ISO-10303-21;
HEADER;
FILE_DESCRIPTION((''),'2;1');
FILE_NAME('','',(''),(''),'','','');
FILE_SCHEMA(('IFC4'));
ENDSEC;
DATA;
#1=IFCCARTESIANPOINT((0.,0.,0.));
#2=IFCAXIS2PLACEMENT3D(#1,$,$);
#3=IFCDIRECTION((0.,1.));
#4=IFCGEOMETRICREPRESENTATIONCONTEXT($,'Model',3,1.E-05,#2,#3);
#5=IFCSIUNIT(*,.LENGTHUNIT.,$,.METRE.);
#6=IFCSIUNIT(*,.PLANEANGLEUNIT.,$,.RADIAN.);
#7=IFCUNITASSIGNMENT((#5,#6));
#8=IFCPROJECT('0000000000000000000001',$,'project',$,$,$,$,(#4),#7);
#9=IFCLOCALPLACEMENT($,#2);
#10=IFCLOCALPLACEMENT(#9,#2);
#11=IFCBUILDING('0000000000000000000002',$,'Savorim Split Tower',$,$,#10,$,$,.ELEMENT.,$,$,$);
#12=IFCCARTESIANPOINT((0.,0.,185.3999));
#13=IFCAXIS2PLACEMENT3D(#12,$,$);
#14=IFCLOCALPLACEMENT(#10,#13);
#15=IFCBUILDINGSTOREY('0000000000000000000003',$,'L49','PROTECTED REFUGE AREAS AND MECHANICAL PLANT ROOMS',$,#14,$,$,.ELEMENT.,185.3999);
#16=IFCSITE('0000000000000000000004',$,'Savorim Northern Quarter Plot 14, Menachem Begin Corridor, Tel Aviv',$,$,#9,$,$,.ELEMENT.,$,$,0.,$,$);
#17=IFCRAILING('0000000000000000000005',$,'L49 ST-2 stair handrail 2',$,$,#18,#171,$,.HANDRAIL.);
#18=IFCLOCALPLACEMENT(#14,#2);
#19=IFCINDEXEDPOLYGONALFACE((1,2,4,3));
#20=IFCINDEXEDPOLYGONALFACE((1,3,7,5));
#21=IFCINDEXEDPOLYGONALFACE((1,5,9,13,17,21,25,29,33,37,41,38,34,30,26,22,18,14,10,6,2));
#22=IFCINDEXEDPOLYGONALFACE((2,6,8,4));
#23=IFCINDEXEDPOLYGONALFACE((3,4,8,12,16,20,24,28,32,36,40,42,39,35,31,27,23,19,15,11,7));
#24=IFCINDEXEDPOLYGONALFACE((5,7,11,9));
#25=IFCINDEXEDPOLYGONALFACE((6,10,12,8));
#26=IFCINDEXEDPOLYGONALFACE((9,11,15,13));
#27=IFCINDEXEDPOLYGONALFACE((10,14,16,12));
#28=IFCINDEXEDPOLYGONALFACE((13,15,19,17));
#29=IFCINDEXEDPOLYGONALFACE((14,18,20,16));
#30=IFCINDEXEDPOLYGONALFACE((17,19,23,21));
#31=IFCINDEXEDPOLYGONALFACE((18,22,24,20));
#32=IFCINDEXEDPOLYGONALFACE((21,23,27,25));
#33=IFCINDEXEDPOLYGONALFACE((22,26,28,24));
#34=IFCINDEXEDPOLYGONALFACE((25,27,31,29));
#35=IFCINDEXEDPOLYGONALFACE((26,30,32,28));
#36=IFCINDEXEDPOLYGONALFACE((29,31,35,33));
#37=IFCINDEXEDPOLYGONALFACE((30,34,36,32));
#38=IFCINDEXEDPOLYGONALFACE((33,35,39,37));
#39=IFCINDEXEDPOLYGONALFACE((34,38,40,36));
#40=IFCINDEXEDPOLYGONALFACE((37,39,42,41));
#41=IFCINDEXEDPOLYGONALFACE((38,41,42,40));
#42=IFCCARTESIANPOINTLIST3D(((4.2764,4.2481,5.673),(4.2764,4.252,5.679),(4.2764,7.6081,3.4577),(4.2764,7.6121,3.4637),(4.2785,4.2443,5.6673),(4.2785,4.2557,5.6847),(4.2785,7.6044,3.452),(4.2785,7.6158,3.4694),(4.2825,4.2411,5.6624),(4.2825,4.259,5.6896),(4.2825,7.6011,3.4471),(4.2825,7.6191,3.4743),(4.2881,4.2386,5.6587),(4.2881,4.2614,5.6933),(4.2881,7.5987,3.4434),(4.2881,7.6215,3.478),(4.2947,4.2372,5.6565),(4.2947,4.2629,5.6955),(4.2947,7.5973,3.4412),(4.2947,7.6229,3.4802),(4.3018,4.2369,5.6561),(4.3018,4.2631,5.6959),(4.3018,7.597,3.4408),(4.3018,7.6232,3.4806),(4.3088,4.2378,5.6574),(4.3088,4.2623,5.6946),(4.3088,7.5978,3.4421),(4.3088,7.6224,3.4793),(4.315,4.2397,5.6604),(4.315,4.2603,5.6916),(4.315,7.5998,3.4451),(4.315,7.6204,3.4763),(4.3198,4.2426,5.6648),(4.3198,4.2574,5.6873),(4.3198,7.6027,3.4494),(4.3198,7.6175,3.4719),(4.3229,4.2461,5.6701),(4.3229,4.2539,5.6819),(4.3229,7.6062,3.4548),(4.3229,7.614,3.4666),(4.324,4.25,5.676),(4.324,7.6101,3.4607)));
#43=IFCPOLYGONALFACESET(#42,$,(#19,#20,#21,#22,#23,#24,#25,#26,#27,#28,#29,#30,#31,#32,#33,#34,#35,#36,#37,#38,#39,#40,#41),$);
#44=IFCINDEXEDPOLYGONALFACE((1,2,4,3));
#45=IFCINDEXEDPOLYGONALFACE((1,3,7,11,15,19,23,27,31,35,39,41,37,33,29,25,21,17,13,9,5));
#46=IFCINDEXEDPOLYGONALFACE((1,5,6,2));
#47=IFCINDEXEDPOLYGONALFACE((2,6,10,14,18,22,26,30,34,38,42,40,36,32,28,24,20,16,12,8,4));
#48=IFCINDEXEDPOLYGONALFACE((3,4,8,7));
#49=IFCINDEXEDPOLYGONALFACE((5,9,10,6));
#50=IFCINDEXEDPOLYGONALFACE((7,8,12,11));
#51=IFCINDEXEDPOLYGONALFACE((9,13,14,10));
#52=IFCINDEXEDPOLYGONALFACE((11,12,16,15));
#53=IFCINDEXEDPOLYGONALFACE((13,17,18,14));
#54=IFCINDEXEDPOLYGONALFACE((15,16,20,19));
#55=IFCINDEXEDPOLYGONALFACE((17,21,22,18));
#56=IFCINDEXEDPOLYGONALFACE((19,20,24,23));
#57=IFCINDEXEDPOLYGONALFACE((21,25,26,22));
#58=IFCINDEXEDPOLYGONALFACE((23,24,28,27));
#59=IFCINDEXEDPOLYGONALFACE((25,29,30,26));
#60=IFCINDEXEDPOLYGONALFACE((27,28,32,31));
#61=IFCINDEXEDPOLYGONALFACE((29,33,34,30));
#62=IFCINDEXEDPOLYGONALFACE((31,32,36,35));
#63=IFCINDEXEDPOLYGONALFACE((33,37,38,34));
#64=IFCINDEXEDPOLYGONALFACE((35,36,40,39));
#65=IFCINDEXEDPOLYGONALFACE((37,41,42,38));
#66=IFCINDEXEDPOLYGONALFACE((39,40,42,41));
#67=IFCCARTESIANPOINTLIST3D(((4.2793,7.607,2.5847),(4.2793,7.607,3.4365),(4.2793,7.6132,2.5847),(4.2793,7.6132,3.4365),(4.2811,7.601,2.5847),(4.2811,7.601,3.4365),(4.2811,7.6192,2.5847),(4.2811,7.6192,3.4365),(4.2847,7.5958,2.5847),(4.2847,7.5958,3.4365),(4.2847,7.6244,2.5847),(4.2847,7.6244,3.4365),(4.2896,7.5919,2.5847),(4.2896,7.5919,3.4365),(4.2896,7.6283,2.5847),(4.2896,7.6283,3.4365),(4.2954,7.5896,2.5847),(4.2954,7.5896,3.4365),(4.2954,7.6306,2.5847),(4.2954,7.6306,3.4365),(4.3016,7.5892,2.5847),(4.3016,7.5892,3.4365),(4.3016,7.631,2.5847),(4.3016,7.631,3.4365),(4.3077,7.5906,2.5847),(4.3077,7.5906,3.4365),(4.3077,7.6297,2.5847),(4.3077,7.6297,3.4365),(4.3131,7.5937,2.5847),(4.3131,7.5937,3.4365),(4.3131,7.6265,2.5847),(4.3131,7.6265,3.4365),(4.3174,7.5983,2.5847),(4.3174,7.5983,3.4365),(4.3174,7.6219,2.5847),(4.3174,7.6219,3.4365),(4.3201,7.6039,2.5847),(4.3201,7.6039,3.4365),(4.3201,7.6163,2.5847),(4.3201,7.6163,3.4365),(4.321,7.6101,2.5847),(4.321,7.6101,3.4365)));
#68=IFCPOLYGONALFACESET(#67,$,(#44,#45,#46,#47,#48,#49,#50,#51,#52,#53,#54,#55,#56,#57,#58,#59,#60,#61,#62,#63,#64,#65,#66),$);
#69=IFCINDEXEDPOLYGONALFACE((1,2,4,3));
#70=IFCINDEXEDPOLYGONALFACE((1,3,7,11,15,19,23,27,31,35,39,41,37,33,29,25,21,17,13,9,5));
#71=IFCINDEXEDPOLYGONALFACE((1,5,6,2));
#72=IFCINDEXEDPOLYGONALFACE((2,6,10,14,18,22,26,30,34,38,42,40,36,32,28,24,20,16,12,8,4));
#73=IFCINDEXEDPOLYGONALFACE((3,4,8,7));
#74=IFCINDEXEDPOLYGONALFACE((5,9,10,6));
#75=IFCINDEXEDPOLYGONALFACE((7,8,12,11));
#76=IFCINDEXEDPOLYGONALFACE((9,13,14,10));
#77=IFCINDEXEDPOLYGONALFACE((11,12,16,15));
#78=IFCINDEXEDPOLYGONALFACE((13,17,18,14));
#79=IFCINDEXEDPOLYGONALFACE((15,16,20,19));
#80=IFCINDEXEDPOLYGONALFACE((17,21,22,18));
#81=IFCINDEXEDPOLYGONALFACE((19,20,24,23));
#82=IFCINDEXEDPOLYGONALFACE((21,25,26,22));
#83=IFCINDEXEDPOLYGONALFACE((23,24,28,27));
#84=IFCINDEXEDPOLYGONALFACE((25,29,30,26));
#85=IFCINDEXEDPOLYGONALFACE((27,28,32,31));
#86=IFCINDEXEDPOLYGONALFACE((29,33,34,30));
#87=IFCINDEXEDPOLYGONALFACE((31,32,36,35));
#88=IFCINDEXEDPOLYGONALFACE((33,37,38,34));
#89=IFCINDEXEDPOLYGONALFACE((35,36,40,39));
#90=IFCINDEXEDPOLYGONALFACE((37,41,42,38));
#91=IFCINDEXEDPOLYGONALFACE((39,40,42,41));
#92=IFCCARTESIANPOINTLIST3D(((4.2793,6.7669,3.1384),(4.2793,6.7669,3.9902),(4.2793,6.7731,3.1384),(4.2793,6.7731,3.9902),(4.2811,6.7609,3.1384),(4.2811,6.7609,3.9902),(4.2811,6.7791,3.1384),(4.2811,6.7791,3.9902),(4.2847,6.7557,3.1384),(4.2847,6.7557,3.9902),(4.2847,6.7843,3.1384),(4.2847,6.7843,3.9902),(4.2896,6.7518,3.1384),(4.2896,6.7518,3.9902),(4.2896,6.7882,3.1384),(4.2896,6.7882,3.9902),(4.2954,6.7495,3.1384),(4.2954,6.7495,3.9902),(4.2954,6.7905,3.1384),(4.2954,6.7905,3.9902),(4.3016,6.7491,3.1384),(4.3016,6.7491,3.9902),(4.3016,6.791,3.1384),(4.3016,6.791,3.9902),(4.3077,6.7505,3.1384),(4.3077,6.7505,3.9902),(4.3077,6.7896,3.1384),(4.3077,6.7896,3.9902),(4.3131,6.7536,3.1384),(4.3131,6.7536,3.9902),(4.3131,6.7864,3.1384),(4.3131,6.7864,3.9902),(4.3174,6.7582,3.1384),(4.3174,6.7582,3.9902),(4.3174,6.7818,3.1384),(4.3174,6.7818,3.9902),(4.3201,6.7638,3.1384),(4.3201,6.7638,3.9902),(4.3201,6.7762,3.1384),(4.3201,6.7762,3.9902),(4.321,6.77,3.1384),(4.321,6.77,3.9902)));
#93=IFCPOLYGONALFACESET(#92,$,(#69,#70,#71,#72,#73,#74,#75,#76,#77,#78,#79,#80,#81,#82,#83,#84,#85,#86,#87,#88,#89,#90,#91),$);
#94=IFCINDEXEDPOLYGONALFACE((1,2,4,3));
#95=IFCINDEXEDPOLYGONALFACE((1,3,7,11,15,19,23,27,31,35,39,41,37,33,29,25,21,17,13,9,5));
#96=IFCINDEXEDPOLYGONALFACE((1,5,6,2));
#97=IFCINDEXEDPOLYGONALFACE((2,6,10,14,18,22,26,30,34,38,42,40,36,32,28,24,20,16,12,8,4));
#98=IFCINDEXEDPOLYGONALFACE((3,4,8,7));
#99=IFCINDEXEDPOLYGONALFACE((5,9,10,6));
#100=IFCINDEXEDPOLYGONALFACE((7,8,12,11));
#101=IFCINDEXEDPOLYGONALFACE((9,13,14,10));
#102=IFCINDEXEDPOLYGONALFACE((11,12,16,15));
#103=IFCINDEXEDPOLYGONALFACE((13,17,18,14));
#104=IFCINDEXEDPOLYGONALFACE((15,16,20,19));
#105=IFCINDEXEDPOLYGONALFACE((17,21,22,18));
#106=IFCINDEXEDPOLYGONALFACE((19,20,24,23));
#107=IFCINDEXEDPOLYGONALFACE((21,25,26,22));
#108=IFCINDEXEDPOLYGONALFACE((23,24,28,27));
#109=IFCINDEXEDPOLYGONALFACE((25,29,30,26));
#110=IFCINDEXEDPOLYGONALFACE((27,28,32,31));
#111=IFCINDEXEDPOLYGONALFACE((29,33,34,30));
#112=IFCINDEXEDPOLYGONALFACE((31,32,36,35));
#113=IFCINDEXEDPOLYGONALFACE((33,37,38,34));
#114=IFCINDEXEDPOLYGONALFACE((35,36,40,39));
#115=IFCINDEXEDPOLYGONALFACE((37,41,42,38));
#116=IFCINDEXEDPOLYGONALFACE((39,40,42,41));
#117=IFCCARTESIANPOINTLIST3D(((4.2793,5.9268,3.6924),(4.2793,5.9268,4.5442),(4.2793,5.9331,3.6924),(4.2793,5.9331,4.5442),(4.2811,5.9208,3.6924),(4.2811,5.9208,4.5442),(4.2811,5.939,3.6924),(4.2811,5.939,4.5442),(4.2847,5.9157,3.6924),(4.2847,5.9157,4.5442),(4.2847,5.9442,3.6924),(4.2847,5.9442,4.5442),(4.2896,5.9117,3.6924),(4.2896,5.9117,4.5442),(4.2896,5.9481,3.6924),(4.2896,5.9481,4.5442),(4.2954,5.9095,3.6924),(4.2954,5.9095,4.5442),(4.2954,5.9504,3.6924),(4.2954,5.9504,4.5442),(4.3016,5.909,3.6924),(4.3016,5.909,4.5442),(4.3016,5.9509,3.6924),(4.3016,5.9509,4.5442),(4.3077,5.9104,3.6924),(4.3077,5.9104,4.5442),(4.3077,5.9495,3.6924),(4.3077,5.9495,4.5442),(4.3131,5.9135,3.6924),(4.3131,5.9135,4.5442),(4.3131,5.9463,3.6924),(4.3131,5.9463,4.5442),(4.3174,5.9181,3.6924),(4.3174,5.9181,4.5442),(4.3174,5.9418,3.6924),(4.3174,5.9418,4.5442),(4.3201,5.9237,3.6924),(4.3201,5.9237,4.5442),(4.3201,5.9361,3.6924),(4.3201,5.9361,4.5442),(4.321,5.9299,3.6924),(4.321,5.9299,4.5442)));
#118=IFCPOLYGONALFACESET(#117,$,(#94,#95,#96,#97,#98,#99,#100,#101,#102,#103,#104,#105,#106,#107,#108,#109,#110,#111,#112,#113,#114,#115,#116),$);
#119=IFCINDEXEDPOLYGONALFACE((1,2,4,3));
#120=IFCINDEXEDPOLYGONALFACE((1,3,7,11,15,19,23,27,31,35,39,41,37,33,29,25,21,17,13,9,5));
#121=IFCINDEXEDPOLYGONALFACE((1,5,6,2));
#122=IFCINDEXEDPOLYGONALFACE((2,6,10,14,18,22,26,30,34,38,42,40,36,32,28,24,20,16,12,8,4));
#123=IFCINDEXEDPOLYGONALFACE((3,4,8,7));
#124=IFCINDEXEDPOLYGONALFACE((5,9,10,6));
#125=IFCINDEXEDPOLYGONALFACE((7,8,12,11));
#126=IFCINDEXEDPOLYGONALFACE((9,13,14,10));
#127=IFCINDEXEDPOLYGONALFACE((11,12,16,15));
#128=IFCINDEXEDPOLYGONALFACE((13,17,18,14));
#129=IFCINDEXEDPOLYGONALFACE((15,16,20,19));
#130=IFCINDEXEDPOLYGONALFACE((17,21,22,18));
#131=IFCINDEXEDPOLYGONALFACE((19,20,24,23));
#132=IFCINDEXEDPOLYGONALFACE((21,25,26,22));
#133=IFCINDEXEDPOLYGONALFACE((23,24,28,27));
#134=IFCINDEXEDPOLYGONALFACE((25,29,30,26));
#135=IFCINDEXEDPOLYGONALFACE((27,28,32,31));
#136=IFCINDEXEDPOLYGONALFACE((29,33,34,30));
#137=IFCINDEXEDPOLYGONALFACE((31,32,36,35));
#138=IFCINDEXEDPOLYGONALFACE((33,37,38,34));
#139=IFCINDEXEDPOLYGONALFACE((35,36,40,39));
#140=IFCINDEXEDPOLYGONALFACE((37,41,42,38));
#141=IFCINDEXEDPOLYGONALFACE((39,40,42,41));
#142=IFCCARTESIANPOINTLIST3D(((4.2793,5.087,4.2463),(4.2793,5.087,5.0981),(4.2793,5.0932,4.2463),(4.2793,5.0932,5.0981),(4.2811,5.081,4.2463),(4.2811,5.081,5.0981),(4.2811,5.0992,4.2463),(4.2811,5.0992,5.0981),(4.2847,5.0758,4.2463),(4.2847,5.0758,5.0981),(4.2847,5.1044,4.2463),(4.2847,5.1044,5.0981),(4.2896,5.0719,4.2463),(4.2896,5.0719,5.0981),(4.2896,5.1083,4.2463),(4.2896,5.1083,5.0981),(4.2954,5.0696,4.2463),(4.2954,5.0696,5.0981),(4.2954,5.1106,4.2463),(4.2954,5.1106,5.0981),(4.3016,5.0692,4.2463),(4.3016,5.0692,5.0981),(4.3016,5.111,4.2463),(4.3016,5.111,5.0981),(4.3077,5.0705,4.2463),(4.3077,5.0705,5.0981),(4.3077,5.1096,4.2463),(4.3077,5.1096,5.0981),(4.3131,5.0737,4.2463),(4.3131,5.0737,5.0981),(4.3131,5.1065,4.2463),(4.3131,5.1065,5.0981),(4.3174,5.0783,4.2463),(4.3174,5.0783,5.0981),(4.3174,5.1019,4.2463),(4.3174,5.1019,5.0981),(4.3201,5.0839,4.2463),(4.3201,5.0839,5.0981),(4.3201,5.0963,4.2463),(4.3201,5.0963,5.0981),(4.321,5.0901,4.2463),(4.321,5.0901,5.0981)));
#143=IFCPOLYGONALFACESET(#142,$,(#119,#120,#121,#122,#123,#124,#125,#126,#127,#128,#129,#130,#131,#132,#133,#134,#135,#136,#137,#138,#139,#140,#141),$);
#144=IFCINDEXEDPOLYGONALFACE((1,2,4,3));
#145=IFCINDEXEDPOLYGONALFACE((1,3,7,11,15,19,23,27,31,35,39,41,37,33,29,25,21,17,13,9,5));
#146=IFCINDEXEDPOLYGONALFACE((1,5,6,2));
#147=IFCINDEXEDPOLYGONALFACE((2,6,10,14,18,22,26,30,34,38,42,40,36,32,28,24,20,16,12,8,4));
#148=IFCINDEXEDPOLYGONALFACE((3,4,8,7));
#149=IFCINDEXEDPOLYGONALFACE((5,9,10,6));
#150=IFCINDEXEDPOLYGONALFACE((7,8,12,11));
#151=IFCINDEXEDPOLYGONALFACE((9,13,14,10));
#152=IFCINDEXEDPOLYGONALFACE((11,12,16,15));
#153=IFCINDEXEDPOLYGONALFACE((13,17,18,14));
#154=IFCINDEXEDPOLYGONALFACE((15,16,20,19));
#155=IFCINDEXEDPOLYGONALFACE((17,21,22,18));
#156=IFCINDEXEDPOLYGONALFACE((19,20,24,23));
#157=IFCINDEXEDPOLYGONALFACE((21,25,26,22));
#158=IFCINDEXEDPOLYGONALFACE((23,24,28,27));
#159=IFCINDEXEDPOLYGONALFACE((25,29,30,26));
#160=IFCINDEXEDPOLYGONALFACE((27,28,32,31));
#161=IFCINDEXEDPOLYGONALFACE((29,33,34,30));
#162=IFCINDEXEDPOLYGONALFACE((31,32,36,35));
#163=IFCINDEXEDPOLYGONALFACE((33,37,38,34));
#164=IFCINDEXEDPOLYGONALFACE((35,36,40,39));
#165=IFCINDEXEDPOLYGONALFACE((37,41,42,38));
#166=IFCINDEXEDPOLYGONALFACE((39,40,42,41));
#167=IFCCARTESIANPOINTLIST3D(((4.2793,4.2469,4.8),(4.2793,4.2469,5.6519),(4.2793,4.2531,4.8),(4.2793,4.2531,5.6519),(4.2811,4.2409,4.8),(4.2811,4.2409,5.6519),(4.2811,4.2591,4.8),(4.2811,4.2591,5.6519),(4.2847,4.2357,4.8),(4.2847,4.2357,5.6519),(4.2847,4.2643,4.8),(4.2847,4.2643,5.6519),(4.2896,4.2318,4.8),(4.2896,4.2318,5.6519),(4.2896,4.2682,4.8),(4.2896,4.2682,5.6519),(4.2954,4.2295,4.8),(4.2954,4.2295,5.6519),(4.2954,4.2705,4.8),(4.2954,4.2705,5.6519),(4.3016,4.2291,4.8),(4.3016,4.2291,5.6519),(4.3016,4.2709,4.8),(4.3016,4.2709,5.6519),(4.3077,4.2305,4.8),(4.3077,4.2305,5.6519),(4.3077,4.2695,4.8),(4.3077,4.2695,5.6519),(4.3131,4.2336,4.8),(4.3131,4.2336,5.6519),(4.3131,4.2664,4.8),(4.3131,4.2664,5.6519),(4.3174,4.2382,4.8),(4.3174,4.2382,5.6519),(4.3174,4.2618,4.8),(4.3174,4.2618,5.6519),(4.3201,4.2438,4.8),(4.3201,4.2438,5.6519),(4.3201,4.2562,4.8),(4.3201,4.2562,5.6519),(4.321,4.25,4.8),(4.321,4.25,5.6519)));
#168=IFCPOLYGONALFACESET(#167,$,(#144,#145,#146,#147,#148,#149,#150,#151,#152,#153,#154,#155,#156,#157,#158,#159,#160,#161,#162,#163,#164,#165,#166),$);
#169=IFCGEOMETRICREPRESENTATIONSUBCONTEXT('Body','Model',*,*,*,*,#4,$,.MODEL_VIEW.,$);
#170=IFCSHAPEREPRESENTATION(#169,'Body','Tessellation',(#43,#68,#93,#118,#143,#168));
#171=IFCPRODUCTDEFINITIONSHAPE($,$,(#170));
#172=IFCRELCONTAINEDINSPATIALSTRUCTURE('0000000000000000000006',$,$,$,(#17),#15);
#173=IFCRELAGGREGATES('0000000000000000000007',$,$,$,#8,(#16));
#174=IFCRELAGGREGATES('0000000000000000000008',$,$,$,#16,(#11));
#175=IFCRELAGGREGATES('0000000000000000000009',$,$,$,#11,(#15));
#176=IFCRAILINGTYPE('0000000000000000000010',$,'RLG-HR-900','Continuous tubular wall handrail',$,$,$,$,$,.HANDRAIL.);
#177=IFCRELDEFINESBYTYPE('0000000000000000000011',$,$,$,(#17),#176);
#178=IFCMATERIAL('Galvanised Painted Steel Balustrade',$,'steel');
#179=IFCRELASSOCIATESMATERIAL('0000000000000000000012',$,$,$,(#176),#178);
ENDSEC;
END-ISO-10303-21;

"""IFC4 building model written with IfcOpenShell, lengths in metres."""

from ifc_helpers import new_model, si_unit, direction, frame, origin, origin_2d, place, context, subcontext, project, spatial, circle, extrude, material, type_object, element, save


model = new_model("IFC4")

# Units and contexts
model_context = context("Model", 3, precision=1e-05, world=origin(), true_north=direction((0.0, 1.0)))
body_context = subcontext(model_context, "Body", "Model", "MODEL_VIEW")
ifc_project = project(units=[si_unit("LENGTHUNIT", "METRE"), si_unit("PLANEANGLEUNIT", "RADIAN")], contexts=[model_context])

# Site, building, storey
site_placement = place(None, origin())
site = spatial("IfcSite", under=ifc_project, at=site_placement, Name="Savorim Northern Quarter Plot 14, Menachem Begin Corridor, Tel Aviv", CompositionType="ELEMENT", RefElevation=0.0)
building_placement = place(site_placement, origin())
building = spatial("IfcBuilding", under=site, at=building_placement, Name="Savorim Split Tower", CompositionType="ELEMENT")
storey_placement = place(building_placement, frame((0.0, 0.0, 185.3999)))
storey = spatial("IfcBuildingStorey", under=building, at=storey_placement, Name="L49", Description="PROTECTED REFUGE AREAS AND MECHANICAL PLANT ROOMS", CompositionType="ELEMENT", Elevation=185.3999)

# Shared definitions
ifc_material_1 = material(Name="Galvanised Painted Steel Balustrade", Category="steel")

# Railing
railing_type_1 = type_object("IfcRailingType", Name="RLG-HR-900", Description="Continuous tubular wall handrail", PredefinedType="HANDRAIL", material=ifc_material_1)
railing_1_placement = place(storey_placement, frame((4.3, 7.6101, 2.5847)))
element("IfcRailing", 1, at=railing_1_placement, inside=storey, type_object=railing_type_1, Name="L49 ST-2 stair handrail 2", PredefinedType="HANDRAIL", context=body_context, shape_type="SweptSolid", body=[
    extrude(circle(Radius=0.0239, at=origin_2d()), frame((0.0, 0.0, 0.876), z_axis=(0.0, -0.834876, 0.550437), x_axis=(1.0, 0.0, 0.0)), (0.0, 0.0, 1.0), 4.0247),
    extrude(circle(Radius=0.021, at=origin_2d()), origin(), (0.0, 0.0, 1.0), 0.8518),
    extrude(circle(Radius=0.021, at=origin_2d()), frame((0.0, -0.8401, 0.5537)), (0.0, 0.0, 1.0), 0.8518),
    extrude(circle(Radius=0.021, at=origin_2d()), frame((0.0, -1.6802, 1.1077)), (0.0, 0.0, 1.0), 0.8518),
    extrude(circle(Radius=0.021, at=origin_2d()), frame((0.0, -2.52, 1.6616)), (0.0, 0.0, 1.0), 0.8518),
    extrude(circle(Radius=0.021, at=origin_2d()), frame((0.0, -3.3601, 2.2153)), (0.0, 0.0, 1.0), 0.8518),
])

save(model, "model.ifc")
